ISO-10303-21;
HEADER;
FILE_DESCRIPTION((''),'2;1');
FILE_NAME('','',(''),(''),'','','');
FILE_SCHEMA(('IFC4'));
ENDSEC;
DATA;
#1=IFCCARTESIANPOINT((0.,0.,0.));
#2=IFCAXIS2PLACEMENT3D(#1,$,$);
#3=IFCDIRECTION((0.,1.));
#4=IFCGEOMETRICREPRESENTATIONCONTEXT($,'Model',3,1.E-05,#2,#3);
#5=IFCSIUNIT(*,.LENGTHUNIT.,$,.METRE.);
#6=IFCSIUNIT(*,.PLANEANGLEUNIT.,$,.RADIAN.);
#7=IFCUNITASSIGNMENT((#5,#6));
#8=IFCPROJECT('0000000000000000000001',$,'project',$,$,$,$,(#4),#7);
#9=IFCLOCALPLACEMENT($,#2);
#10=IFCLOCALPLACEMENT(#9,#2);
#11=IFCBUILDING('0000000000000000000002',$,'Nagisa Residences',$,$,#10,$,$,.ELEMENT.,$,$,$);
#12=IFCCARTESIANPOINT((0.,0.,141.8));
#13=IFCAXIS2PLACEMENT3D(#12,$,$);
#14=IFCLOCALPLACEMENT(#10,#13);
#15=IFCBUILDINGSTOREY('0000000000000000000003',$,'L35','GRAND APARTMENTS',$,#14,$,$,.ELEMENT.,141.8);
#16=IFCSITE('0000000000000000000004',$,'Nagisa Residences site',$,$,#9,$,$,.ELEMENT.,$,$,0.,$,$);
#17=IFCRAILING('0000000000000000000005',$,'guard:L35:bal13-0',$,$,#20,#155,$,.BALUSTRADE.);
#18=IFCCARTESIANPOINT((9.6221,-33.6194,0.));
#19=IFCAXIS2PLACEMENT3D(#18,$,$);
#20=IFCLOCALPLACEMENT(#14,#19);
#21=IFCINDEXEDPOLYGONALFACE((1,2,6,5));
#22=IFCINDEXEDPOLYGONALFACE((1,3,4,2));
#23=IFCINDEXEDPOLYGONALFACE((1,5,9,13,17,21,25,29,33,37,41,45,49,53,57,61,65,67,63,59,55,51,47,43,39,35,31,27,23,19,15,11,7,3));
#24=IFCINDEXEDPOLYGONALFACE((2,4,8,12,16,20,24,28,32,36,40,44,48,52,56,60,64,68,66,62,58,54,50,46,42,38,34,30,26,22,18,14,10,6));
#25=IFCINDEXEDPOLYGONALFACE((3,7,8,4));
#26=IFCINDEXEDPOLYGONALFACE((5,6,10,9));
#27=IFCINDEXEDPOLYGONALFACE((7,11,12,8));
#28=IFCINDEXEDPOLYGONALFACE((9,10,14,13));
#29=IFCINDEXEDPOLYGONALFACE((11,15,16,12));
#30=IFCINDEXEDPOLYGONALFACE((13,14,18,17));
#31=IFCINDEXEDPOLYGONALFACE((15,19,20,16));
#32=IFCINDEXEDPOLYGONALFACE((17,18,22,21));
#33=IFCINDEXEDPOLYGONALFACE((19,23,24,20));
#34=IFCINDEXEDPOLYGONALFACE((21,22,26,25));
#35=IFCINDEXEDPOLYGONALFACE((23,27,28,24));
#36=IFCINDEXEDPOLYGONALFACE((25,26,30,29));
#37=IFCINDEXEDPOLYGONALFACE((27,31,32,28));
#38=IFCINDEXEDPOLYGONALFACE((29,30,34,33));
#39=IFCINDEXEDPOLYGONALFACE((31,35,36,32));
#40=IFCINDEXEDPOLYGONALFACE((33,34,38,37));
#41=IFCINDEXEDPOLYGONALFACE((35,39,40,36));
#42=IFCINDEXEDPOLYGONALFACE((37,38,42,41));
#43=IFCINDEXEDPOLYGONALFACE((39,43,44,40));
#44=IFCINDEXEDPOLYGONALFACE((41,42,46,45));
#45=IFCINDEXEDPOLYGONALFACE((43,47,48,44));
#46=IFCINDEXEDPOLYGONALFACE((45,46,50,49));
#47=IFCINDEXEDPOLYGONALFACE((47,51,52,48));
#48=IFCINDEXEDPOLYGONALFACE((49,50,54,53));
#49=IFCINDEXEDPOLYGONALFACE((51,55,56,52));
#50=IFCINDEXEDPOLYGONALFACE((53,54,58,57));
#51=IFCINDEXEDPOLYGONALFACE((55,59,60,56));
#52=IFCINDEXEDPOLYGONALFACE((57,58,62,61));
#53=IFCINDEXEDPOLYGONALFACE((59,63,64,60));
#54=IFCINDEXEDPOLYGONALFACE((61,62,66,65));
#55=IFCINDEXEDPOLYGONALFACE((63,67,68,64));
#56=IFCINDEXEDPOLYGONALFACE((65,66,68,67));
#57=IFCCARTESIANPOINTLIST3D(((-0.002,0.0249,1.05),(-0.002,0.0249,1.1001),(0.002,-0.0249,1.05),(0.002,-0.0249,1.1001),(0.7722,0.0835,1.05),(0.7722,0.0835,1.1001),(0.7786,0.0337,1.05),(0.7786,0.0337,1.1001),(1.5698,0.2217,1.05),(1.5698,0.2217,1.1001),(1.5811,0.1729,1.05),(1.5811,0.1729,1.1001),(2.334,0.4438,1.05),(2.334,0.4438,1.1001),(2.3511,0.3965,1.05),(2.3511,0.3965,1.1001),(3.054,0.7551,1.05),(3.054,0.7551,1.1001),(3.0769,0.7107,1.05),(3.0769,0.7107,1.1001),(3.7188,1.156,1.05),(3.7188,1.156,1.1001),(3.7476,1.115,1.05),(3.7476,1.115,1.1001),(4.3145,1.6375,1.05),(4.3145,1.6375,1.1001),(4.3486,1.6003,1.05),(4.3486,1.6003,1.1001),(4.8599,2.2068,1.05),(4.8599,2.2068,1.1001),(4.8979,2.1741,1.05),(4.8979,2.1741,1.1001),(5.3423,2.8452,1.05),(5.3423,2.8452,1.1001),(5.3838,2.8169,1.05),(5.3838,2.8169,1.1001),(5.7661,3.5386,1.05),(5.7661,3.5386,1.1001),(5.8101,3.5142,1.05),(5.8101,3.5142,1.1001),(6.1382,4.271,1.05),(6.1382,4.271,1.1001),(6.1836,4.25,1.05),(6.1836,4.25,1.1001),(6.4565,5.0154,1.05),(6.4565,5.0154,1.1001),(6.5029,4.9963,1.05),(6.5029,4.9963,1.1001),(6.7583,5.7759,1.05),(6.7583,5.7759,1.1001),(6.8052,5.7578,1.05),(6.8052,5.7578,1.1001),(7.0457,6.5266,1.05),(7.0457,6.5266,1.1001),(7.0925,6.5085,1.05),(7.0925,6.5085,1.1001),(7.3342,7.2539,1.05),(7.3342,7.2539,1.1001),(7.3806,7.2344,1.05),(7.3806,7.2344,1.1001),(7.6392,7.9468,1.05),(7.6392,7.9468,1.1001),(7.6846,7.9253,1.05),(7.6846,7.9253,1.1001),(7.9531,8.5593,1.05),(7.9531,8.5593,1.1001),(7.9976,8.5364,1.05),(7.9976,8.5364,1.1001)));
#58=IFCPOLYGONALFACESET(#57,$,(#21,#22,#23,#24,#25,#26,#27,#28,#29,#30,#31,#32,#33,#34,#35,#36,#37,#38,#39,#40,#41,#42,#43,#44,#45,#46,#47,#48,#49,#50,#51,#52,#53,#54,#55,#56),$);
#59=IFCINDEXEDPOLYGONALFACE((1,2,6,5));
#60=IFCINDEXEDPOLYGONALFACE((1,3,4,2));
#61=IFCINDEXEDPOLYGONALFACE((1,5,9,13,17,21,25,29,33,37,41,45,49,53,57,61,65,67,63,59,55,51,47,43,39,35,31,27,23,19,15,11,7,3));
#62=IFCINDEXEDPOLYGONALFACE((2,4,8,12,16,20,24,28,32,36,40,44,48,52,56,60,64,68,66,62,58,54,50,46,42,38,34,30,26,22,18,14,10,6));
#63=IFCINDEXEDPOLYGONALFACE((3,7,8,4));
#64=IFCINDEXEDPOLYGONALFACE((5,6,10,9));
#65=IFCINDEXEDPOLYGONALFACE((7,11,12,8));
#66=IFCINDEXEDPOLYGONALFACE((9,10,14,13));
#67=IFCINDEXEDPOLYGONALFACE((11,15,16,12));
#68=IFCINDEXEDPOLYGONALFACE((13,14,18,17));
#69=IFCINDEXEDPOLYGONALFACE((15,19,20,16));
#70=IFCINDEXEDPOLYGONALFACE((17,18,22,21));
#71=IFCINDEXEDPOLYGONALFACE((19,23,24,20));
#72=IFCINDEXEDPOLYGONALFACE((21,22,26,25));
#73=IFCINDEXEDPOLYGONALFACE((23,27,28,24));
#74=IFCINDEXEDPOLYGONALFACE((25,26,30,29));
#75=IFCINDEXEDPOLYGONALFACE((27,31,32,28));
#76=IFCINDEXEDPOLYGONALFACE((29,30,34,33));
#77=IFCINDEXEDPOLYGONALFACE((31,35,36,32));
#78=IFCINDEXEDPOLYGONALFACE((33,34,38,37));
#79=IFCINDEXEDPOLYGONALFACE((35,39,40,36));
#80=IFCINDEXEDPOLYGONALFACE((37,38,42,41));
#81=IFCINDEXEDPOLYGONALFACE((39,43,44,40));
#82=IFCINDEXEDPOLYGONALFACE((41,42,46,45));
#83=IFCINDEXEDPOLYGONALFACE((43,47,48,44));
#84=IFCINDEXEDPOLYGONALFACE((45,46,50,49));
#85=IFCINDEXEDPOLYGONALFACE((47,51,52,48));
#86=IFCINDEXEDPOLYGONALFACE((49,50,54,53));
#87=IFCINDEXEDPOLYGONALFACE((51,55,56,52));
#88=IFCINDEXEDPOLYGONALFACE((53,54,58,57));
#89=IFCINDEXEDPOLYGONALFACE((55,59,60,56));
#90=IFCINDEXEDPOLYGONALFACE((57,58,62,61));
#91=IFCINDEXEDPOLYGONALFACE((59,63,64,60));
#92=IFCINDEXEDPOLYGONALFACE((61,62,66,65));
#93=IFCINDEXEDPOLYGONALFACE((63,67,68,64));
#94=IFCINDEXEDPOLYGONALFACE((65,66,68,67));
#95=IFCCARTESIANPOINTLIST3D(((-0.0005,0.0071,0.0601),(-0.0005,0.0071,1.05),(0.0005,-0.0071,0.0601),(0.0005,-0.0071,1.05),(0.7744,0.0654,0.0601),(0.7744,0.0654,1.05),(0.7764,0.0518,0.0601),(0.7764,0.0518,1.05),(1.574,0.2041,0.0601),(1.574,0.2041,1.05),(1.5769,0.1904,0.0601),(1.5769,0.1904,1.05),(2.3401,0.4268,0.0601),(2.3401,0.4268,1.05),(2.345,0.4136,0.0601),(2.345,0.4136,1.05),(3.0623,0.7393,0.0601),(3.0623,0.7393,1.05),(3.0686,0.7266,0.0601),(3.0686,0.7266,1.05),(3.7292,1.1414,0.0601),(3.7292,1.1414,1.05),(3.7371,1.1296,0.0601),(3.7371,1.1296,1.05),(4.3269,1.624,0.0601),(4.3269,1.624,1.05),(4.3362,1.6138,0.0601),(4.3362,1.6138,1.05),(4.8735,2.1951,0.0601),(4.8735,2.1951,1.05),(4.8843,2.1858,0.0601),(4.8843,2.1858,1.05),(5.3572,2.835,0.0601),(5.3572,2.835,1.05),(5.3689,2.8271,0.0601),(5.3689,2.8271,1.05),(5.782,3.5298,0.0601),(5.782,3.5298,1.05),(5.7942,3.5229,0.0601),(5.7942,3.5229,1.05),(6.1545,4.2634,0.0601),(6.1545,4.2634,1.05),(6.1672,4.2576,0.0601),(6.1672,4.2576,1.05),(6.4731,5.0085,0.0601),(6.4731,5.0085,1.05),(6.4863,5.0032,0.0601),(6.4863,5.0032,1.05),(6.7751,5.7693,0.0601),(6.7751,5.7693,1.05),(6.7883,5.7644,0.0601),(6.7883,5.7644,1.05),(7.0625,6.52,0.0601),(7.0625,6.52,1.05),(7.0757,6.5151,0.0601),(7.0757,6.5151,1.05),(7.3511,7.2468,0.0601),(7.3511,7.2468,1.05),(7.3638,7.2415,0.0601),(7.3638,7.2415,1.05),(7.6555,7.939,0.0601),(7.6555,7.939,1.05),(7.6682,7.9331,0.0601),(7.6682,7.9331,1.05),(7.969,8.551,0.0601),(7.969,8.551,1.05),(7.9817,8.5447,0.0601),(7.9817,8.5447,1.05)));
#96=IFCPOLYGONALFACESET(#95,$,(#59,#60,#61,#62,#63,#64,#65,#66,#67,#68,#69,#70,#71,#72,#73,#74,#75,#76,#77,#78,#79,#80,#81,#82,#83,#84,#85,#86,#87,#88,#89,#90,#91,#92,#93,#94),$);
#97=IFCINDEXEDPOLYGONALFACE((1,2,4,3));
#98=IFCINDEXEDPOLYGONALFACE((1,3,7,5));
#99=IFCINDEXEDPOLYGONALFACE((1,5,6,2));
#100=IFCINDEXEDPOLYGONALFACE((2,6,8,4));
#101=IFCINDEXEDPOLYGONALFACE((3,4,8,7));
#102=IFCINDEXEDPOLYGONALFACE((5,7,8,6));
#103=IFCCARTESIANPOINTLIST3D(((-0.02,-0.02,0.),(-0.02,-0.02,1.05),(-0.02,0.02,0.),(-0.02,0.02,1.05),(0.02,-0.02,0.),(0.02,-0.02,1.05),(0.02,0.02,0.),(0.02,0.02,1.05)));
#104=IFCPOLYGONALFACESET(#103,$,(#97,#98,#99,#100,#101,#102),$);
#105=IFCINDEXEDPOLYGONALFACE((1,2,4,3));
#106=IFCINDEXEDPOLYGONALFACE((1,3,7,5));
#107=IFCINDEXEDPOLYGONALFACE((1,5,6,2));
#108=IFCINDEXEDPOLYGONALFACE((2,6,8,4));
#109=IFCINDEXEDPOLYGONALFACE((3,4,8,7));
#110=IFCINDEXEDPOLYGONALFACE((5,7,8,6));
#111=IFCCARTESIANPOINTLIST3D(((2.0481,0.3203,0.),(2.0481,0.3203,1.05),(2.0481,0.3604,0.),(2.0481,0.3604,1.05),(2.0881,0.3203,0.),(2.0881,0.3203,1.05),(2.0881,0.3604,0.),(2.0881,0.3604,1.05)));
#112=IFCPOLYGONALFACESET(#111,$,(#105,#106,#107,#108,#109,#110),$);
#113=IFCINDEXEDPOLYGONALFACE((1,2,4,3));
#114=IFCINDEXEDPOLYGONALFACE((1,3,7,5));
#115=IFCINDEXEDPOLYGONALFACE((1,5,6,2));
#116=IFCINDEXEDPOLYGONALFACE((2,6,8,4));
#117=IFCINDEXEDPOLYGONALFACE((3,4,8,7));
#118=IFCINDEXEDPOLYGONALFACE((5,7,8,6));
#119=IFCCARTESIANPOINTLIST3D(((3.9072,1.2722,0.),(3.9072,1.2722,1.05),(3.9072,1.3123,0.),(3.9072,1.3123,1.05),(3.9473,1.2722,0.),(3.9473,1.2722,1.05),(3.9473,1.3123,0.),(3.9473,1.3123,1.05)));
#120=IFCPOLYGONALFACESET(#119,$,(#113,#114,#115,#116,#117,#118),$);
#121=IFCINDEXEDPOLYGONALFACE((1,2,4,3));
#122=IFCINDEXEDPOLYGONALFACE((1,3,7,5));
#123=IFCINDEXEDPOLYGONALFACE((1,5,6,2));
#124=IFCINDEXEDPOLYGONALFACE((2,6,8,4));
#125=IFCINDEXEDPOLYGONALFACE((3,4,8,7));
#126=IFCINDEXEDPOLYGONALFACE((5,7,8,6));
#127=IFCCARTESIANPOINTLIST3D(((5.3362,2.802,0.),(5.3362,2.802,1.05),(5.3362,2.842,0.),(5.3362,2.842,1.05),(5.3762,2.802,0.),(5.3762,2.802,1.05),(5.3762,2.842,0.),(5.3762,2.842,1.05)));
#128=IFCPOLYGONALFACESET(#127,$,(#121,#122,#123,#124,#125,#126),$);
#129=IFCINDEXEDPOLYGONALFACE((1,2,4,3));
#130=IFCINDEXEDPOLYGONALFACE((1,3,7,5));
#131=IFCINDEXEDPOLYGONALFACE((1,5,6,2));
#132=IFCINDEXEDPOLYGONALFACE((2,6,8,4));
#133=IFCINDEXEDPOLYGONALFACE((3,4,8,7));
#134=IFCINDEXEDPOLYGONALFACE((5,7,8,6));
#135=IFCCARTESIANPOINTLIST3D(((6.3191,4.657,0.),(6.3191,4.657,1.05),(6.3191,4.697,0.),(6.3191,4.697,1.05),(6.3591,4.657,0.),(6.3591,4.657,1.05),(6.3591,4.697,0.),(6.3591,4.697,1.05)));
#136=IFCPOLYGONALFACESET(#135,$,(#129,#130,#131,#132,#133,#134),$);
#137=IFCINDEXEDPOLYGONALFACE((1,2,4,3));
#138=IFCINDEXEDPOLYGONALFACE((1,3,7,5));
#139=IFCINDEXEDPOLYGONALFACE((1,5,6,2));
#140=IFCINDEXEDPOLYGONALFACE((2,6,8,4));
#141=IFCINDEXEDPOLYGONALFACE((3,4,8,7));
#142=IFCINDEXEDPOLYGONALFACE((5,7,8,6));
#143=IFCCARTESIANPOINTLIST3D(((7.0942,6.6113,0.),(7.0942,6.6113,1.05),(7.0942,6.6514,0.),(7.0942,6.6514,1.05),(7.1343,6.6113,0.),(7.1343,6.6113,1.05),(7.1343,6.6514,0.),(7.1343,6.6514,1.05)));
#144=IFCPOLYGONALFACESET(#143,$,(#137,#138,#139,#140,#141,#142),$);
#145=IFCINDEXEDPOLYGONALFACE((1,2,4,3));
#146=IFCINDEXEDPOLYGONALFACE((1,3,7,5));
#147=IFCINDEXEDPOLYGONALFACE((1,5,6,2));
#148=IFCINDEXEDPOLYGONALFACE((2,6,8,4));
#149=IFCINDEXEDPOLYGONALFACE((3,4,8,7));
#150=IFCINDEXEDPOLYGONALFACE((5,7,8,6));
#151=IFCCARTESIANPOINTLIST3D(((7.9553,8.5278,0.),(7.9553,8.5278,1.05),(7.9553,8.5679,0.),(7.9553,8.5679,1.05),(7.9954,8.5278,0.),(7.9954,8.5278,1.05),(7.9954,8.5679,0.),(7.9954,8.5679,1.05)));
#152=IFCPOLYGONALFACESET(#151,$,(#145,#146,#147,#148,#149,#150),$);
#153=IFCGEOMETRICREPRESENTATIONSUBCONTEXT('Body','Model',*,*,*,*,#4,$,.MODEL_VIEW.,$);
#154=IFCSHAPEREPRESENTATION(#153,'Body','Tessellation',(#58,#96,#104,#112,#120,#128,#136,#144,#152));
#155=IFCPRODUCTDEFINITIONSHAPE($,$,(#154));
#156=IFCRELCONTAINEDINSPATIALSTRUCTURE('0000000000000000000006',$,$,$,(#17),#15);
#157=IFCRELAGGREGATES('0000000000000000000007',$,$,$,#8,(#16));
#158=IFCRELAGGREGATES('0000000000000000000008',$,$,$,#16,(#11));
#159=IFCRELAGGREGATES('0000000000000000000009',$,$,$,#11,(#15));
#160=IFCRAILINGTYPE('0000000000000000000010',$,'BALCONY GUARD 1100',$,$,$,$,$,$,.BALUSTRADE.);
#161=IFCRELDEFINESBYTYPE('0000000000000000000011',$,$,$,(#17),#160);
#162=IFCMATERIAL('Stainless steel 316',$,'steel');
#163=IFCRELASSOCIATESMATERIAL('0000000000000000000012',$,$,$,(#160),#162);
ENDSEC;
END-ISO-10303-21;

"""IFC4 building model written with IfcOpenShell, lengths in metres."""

from ifc_helpers import new_model, si_unit, direction, frame, origin, origin_2d, place, context, subcontext, project, spatial, polyline, rectangle, outline, extrude, material, type_object, element, save


model = new_model("IFC4")

# Units and contexts
model_context = context("Model", 3, precision=1e-05, world=origin(), true_north=direction((0.0, 1.0)))
body_context = subcontext(model_context, "Body", "Model", "MODEL_VIEW")
ifc_project = project(units=[si_unit("LENGTHUNIT", "METRE"), si_unit("PLANEANGLEUNIT", "RADIAN")], contexts=[model_context])

# Site, building, storey
site_placement = place(None, origin())
site = spatial("IfcSite", under=ifc_project, at=site_placement, Name="Nagisa Residences site", CompositionType="ELEMENT", RefElevation=0.0)
building_placement = place(site_placement, origin())
building = spatial("IfcBuilding", under=site, at=building_placement, Name="Nagisa Residences", CompositionType="ELEMENT")
storey_placement = place(building_placement, frame((0.0, 0.0, 141.8)))
storey = spatial("IfcBuildingStorey", under=building, at=storey_placement, Name="L35", Description="GRAND APARTMENTS", CompositionType="ELEMENT", Elevation=141.8)

# Railing
ifc_material_1 = material(Name="Stainless steel 316", Category="steel")
railing_type = type_object("IfcRailingType", Name="BALCONY GUARD 1100", PredefinedType="BALUSTRADE", material=ifc_material_1)
railing_placement = place(storey_placement, frame((9.6221, -33.6194, 0.0)))
element("IfcRailing", 1, at=railing_placement, inside=storey, type_object=railing_type, Name="guard:L35:bal13-0", PredefinedType="BALUSTRADE", context=body_context, shape_type="SweptSolid", body=[
    extrude(outline(polyline([(0.7722, 0.0835), (-0.002, 0.0249), (0.002, -0.0249), (0.7786, 0.0337), (1.5811, 0.1729), (2.3511, 0.3965), (3.0769, 0.7107), (3.7476, 1.115), (4.3486, 1.6003), (4.8979, 2.1741), (5.3838, 2.8169), (5.8101, 3.5142), (6.1836, 4.25), (6.5029, 4.9963), (6.8052, 5.7578), (7.0925, 6.5085), (7.3806, 7.2344), (7.6846, 7.9253), (7.9976, 8.5364), (7.9531, 8.5593), (7.6392, 7.9468), (7.3342, 7.2539), (7.0457, 6.5266), (6.7583, 5.7759), (6.4565, 5.0154), (6.1382, 4.271), (5.7661, 3.5386), (5.3423, 2.8452), (4.8599, 2.2068), (4.3145, 1.6375), (3.7188, 1.156), (3.054, 0.7551), (2.334, 0.4438), (1.5698, 0.2217), (0.7722, 0.0835)])), frame((0.0, 0.0, 1.05)), (0.0, 0.0, 1.0), 0.05),
    extrude(outline(polyline([(0.7744, 0.0654), (-0.0005, 0.0071), (0.0005, -0.0071), (0.7764, 0.0518), (1.5769, 0.1904), (2.345, 0.4136), (3.0686, 0.7266), (3.7371, 1.1296), (4.3362, 1.6138), (4.8843, 2.1858), (5.3689, 2.8271), (5.7942, 3.5229), (6.1672, 4.2576), (6.4863, 5.0032), (6.7883, 5.7644), (7.0757, 6.5151), (7.3638, 7.2415), (7.6682, 7.9331), (7.9817, 8.5447), (7.969, 8.551), (7.6555, 7.939), (7.3511, 7.2468), (7.0625, 6.52), (6.7751, 5.7693), (6.4731, 5.0085), (6.1545, 4.2634), (5.782, 3.5298), (5.3572, 2.835), (4.8735, 2.1951), (4.3269, 1.624), (3.7292, 1.1414), (3.0623, 0.7393), (2.3401, 0.4268), (1.574, 0.2041), (0.7744, 0.0654)])), frame((0.0, 0.0, 0.0601)), (0.0, 0.0, 1.0), 0.99),
    extrude(rectangle(XDim=0.04, YDim=0.04, at=origin_2d()), origin(), (0.0, 0.0, 1.0), 1.05),
    extrude(rectangle(XDim=0.04, YDim=0.04, at=origin_2d()), frame((2.0681, 0.3403, 0.0)), (0.0, 0.0, 1.0), 1.05),
    extrude(rectangle(XDim=0.04, YDim=0.04, at=origin_2d()), frame((3.9272, 1.2922, 0.0)), (0.0, 0.0, 1.0), 1.05),
    extrude(rectangle(XDim=0.04, YDim=0.04, at=origin_2d()), frame((5.3562, 2.822, 0.0)), (0.0, 0.0, 1.0), 1.05),
    extrude(rectangle(XDim=0.04, YDim=0.04, at=origin_2d()), frame((6.3391, 4.677, 0.0)), (0.0, 0.0, 1.0), 1.05),
    extrude(rectangle(XDim=0.04, YDim=0.04, at=origin_2d()), frame((7.1143, 6.6313, 0.0)), (0.0, 0.0, 1.0), 1.05),
    extrude(rectangle(XDim=0.04, YDim=0.04, at=origin_2d()), frame((7.9753, 8.5479, 0.0)), (0.0, 0.0, 1.0), 1.05),
])

save(model, "model.ifc")
